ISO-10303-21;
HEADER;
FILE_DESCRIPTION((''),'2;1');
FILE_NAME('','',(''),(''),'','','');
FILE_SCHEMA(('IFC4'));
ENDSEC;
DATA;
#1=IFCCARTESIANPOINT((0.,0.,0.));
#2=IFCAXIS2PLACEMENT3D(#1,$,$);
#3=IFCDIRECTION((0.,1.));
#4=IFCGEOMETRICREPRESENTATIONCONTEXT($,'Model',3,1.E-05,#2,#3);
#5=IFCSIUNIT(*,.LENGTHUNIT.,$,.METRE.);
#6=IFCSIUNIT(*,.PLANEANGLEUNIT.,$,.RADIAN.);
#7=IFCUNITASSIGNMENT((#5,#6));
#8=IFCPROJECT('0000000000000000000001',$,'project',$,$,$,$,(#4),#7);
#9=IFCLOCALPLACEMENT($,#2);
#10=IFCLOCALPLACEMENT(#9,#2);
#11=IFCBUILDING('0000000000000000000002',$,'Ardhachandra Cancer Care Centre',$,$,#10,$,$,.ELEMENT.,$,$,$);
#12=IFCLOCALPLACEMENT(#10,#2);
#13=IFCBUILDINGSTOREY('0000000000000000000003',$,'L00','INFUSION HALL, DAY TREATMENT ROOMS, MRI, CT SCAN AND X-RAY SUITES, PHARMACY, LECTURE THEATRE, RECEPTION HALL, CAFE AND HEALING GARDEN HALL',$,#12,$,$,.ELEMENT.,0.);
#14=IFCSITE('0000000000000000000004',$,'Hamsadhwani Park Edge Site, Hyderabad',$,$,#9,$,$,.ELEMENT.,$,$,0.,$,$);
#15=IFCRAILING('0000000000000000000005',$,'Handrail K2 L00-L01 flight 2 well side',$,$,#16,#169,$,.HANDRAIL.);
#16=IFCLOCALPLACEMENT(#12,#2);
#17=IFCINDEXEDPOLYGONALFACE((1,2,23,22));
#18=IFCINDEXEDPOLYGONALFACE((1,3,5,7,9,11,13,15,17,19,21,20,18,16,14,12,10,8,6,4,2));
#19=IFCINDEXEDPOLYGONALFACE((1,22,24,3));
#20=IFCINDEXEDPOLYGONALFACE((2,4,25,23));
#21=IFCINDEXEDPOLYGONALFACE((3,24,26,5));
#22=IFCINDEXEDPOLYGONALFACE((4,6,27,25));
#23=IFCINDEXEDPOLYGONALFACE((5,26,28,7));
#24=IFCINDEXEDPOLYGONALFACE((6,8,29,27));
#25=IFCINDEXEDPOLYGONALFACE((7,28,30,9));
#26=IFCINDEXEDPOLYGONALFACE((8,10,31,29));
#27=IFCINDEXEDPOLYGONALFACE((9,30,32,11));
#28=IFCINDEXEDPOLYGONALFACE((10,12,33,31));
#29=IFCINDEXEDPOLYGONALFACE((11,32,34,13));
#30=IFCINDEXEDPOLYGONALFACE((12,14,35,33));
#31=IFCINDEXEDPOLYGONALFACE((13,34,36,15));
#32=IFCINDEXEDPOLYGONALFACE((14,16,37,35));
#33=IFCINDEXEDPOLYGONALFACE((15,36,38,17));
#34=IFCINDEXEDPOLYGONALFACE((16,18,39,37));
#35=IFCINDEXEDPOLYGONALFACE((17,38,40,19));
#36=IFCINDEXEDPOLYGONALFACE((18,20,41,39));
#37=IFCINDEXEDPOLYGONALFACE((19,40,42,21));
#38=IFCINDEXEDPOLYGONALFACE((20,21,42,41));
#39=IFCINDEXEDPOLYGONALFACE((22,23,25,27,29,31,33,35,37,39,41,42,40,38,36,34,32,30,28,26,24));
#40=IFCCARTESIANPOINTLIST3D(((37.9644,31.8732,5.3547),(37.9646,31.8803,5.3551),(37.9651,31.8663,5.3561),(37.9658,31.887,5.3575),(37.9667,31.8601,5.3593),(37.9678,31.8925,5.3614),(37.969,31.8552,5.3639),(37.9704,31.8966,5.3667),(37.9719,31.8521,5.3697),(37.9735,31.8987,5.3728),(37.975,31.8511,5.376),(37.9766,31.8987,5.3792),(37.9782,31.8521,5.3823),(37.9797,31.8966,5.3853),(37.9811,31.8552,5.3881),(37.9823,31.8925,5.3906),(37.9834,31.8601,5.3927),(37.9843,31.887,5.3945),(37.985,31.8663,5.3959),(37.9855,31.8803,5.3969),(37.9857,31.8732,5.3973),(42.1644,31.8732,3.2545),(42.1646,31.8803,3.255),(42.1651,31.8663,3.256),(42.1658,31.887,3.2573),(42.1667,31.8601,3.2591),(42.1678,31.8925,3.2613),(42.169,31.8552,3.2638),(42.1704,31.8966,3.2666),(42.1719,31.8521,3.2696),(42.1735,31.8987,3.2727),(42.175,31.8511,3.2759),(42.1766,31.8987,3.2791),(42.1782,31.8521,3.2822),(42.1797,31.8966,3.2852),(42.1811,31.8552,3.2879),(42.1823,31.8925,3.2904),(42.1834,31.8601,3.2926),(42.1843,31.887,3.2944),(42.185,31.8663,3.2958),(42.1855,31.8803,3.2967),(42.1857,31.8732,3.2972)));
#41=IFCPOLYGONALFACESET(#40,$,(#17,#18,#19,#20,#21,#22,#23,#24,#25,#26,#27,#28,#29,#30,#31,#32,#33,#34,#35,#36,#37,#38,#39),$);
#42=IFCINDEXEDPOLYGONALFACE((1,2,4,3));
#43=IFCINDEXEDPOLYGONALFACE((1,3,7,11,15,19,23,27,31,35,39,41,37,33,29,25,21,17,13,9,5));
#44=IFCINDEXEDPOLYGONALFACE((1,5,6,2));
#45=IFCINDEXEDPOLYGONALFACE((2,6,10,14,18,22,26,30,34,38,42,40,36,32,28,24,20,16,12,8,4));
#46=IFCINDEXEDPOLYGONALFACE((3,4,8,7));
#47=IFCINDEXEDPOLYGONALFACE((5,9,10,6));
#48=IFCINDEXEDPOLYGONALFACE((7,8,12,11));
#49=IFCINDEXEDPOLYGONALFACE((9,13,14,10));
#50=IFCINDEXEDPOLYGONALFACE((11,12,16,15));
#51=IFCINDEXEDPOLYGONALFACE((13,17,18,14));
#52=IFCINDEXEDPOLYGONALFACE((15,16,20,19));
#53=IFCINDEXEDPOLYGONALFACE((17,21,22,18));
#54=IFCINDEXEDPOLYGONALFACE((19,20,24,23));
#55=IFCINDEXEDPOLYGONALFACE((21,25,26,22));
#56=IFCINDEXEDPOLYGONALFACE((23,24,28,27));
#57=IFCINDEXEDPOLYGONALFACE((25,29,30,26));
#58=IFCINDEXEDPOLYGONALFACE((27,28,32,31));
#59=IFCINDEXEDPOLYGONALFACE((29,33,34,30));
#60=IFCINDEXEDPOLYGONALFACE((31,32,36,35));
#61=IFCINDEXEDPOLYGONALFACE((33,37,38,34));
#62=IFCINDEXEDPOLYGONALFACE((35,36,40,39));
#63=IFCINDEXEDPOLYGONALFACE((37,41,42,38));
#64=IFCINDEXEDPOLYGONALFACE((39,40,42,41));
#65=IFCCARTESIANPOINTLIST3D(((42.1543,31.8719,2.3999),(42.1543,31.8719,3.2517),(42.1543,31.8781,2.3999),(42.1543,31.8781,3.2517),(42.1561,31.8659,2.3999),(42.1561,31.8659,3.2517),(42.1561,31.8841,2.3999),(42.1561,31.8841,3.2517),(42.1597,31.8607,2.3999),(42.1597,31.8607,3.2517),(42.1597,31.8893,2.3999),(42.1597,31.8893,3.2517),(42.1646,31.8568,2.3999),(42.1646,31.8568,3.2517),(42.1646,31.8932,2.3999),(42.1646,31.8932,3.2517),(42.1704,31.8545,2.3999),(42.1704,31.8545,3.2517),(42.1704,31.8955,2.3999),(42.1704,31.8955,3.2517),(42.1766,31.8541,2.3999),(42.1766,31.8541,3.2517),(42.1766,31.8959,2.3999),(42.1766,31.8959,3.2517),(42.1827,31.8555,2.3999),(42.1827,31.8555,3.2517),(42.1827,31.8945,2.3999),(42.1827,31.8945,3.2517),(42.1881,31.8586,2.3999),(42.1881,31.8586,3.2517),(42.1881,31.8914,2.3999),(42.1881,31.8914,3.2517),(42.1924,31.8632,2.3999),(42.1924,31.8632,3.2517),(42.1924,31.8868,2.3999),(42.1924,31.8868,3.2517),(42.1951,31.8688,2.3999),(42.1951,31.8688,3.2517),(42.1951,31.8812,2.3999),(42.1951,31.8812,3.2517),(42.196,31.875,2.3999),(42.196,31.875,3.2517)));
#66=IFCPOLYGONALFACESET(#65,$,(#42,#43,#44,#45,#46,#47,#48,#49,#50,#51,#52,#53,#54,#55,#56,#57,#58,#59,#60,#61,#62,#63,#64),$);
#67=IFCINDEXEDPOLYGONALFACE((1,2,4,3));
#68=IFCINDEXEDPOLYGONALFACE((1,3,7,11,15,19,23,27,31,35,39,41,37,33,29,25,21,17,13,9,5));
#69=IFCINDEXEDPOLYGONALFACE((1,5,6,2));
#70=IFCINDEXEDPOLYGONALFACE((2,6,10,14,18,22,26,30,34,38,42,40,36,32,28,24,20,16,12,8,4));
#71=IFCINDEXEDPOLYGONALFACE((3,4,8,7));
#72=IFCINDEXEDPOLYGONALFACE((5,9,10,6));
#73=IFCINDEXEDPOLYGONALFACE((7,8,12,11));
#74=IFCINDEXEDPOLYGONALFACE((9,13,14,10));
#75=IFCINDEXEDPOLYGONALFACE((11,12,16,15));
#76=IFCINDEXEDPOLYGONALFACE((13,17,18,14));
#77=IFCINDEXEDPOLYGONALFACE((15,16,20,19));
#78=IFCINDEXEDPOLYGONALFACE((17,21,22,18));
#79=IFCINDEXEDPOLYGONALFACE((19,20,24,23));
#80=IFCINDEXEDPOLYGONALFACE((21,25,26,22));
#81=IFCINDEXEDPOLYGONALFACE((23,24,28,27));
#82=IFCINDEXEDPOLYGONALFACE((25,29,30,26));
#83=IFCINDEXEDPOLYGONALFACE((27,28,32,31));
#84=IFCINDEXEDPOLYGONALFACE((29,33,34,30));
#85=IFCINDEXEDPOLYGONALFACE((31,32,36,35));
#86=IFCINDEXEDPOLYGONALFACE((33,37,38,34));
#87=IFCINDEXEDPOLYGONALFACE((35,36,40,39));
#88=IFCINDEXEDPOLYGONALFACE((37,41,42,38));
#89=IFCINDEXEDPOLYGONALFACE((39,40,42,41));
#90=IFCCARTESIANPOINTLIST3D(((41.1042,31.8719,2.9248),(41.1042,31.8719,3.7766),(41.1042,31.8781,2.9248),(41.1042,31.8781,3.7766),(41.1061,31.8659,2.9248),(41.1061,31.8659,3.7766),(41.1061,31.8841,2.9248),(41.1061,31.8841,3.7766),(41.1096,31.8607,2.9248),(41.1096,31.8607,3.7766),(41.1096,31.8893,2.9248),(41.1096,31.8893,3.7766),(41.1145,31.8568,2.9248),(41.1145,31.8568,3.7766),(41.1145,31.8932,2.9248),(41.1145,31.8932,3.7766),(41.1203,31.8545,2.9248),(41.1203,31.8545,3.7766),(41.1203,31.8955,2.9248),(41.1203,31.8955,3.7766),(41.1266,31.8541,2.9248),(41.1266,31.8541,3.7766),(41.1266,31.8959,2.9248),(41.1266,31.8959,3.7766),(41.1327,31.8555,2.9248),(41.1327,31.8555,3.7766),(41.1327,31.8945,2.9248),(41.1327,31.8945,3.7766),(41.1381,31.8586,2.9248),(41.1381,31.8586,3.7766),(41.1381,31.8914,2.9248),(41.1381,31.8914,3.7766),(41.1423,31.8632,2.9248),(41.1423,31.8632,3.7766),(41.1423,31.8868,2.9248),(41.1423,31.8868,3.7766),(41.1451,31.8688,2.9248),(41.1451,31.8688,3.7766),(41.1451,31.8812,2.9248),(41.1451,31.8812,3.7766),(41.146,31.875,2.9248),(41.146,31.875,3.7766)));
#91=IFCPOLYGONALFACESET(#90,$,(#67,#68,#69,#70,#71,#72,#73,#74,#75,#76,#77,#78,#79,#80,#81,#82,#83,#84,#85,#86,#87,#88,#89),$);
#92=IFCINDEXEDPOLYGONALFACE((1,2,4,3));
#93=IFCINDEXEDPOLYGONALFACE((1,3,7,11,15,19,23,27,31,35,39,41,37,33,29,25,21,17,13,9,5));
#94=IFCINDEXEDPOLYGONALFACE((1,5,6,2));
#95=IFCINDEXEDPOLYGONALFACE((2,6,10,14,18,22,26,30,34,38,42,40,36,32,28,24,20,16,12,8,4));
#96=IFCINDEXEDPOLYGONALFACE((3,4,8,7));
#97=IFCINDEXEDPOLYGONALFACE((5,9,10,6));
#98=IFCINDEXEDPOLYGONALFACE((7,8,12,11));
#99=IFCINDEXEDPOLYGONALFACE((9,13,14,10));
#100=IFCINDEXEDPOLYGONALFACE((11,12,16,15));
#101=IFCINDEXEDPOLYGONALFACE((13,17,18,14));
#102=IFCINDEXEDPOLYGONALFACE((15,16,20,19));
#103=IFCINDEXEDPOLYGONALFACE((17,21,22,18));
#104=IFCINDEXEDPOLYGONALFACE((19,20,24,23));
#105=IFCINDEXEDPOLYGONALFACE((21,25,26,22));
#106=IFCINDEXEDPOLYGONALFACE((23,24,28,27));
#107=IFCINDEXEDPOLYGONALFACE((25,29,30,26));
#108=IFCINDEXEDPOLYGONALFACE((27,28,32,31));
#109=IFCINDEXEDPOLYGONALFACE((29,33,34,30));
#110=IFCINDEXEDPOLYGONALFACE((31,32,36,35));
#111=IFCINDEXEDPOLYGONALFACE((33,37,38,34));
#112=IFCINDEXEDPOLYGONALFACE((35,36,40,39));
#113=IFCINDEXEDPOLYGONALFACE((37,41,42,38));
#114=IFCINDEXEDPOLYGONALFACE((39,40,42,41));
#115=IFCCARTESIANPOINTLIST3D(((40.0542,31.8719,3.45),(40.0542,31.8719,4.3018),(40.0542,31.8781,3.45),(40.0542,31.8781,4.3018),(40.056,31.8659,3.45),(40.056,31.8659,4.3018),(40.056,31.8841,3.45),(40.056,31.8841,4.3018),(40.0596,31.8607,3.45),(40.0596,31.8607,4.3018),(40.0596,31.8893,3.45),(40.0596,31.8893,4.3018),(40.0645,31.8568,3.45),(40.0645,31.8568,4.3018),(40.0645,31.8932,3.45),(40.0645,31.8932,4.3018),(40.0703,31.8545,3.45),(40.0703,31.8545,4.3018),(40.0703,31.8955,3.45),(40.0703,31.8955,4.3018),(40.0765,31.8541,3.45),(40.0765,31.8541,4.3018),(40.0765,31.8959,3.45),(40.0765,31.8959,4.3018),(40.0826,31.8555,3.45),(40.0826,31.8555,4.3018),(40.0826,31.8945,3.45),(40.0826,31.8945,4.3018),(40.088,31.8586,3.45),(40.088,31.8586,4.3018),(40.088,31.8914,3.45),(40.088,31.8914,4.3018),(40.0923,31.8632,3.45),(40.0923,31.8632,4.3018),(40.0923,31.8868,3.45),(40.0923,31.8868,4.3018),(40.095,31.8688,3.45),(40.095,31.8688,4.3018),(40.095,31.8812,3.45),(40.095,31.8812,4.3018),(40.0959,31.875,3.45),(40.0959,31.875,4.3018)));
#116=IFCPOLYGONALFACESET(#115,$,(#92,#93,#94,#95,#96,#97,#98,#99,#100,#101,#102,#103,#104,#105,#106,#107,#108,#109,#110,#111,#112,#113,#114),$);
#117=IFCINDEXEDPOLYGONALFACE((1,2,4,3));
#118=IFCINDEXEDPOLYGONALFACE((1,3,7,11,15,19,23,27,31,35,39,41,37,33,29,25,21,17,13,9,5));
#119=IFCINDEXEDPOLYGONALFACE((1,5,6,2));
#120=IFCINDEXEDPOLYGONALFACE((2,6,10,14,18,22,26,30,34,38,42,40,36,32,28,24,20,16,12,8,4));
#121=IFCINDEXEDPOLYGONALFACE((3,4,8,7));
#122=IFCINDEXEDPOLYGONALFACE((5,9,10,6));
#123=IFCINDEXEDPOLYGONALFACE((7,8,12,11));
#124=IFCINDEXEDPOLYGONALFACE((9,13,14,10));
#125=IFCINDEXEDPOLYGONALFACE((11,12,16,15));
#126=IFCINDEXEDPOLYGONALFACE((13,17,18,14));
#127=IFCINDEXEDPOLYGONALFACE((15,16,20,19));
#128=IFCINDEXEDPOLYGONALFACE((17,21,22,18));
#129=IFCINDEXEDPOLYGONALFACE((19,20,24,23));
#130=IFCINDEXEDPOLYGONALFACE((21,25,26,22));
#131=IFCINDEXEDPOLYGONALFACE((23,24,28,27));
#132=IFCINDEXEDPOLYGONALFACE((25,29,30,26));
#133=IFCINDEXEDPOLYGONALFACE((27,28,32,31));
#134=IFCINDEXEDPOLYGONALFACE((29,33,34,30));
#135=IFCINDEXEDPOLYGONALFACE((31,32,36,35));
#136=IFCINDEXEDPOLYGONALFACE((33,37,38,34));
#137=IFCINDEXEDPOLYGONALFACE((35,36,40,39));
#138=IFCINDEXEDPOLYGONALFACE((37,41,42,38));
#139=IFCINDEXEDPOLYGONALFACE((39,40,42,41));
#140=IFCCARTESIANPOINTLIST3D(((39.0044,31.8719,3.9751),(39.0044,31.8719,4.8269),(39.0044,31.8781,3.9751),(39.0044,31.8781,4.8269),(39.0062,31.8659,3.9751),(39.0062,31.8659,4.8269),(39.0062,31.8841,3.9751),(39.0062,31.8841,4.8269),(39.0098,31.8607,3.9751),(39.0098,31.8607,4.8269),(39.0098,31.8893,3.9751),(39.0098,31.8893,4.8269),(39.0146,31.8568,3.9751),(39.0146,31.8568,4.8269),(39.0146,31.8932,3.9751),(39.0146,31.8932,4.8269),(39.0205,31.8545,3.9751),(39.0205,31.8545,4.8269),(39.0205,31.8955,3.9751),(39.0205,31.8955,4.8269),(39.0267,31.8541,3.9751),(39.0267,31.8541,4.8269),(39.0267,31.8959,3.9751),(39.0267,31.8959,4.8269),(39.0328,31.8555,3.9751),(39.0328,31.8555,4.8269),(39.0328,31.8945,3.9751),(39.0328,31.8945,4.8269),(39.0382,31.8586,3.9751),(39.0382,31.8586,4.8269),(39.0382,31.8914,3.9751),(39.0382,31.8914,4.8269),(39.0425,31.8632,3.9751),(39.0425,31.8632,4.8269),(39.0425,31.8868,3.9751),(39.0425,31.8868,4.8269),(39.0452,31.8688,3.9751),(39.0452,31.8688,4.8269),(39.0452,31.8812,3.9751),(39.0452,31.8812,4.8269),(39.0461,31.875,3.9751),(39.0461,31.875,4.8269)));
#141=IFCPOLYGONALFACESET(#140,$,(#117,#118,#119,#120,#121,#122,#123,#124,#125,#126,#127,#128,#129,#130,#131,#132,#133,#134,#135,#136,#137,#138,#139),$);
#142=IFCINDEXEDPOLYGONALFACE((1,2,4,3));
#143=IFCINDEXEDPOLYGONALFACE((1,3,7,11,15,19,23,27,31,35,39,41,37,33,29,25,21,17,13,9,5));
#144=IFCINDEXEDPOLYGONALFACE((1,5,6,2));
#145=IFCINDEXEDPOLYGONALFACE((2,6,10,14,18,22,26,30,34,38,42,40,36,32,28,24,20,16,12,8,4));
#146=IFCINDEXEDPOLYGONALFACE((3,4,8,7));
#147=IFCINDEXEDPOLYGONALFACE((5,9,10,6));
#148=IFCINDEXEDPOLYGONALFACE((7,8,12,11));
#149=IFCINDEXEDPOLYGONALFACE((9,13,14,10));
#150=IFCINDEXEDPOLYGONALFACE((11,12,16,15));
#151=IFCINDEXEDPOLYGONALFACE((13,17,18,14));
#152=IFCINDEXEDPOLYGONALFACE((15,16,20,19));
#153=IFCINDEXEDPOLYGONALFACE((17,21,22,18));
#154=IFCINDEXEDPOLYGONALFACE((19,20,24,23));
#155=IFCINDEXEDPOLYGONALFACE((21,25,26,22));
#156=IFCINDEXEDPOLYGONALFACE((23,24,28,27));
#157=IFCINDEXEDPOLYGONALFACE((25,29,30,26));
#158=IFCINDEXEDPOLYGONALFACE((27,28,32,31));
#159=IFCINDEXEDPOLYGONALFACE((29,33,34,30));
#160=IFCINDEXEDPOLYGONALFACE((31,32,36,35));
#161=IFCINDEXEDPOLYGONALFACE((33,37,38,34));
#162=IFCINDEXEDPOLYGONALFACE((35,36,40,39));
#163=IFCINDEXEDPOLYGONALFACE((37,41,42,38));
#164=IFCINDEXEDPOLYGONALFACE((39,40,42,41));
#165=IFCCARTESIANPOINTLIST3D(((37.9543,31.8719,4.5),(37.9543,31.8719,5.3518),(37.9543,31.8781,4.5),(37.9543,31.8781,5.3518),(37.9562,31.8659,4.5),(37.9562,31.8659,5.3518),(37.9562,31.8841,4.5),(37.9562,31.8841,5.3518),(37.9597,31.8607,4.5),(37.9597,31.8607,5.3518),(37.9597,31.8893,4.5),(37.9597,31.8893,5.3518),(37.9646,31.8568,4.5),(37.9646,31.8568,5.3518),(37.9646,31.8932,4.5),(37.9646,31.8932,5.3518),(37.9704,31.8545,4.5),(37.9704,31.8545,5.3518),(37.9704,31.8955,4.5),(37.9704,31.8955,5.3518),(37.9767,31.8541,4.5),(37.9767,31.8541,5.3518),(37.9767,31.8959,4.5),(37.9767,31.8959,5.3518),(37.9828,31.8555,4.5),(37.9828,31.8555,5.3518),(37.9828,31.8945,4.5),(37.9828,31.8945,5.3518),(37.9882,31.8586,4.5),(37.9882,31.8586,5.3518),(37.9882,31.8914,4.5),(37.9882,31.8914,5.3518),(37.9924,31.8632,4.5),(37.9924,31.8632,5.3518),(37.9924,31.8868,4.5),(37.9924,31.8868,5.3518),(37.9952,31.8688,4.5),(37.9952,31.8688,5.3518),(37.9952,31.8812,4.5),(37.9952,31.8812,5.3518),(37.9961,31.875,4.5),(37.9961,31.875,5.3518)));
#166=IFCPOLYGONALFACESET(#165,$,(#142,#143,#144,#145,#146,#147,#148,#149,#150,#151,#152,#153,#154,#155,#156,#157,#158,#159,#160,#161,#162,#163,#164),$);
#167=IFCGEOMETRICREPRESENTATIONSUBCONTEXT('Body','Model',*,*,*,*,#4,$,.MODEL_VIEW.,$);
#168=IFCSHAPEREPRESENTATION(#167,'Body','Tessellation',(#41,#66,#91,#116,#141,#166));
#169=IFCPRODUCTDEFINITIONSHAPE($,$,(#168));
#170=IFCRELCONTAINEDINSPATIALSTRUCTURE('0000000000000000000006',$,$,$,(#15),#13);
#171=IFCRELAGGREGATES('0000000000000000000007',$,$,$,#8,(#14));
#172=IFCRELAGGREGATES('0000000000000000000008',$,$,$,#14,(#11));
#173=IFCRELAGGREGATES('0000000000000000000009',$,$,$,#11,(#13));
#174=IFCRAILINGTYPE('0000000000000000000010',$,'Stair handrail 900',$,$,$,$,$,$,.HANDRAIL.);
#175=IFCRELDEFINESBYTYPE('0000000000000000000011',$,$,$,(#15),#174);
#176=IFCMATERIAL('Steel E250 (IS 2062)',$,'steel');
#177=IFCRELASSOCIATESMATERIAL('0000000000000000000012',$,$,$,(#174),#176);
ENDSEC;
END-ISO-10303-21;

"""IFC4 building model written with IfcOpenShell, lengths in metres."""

from ifc_helpers import new_model, si_unit, direction, frame, origin, origin_2d, place, context, subcontext, project, spatial, circle, extrude, material, type_object, element, save


model = new_model("IFC4")

# Units and contexts
model_context = context("Model", 3, precision=1e-05, world=origin(), true_north=direction((0.0, 1.0)))
body_context = subcontext(model_context, "Body", "Model", "MODEL_VIEW")
ifc_project = project(units=[si_unit("LENGTHUNIT", "METRE"), si_unit("PLANEANGLEUNIT", "RADIAN")], contexts=[model_context])

# Site, building, storey
site_placement = place(None, origin())
site = spatial("IfcSite", under=ifc_project, at=site_placement, Name="Hamsadhwani Park Edge Site, Hyderabad", CompositionType="ELEMENT", RefElevation=0.0)
building_placement = place(site_placement, origin())
building = spatial("IfcBuilding", under=site, at=building_placement, Name="Ardhachandra Cancer Care Centre", CompositionType="ELEMENT")
storey_placement = place(building_placement, origin())
storey = spatial("IfcBuildingStorey", under=building, at=storey_placement, Name="L00", Description="INFUSION HALL, DAY TREATMENT ROOMS, MRI, CT SCAN AND X-RAY SUITES, PHARMACY, LECTURE THEATRE, RECEPTION HALL, CAFE AND HEALING GARDEN HALL", CompositionType="ELEMENT", Elevation=0.0)

# Railing
ifc_material_1 = material(Name="Steel E250 (IS 2062)", Category="steel")
railing_type_1 = type_object("IfcRailingType", Name="Stair handrail 900", PredefinedType="HANDRAIL", material=ifc_material_1)
for number, where, name in (
    (1, (42.175, 31.875, 2.3999), "Handrail K2 L00-L01 flight 2 well side"),
):
    element("IfcRailing", number, at=place(storey_placement, frame(where)), inside=storey, type_object=railing_type_1, Name=name, PredefinedType="HANDRAIL", context=body_context, shape_type="SweptSolid", body=[
        extrude(circle(Radius=0.0239, at=origin_2d()), frame((0.0, 0.0, 0.876), z_axis=(-0.894417, 0.0, 0.447234), x_axis=(0.0, -1.0, 0.0)), (0.0, 0.0, 1.0), 4.6958),
        extrude(circle(Radius=0.021, at=origin_2d()), origin(), (0.0, 0.0, 1.0), 0.8518),
        extrude(circle(Radius=0.021, at=origin_2d()), frame((-1.05, 0.0, 0.5249)), (0.0, 0.0, 1.0), 0.8518),
        extrude(circle(Radius=0.021, at=origin_2d()), frame((-2.1001, 0.0, 1.05)), (0.0, 0.0, 1.0), 0.8518),
        extrude(circle(Radius=0.021, at=origin_2d()), frame((-3.1499, 0.0, 1.5752)), (0.0, 0.0, 1.0), 0.8518),
        extrude(circle(Radius=0.021, at=origin_2d()), frame((-4.2, 0.0, 2.1001)), (0.0, 0.0, 1.0), 0.8518),
    ])

save(model, "model.ifc")
